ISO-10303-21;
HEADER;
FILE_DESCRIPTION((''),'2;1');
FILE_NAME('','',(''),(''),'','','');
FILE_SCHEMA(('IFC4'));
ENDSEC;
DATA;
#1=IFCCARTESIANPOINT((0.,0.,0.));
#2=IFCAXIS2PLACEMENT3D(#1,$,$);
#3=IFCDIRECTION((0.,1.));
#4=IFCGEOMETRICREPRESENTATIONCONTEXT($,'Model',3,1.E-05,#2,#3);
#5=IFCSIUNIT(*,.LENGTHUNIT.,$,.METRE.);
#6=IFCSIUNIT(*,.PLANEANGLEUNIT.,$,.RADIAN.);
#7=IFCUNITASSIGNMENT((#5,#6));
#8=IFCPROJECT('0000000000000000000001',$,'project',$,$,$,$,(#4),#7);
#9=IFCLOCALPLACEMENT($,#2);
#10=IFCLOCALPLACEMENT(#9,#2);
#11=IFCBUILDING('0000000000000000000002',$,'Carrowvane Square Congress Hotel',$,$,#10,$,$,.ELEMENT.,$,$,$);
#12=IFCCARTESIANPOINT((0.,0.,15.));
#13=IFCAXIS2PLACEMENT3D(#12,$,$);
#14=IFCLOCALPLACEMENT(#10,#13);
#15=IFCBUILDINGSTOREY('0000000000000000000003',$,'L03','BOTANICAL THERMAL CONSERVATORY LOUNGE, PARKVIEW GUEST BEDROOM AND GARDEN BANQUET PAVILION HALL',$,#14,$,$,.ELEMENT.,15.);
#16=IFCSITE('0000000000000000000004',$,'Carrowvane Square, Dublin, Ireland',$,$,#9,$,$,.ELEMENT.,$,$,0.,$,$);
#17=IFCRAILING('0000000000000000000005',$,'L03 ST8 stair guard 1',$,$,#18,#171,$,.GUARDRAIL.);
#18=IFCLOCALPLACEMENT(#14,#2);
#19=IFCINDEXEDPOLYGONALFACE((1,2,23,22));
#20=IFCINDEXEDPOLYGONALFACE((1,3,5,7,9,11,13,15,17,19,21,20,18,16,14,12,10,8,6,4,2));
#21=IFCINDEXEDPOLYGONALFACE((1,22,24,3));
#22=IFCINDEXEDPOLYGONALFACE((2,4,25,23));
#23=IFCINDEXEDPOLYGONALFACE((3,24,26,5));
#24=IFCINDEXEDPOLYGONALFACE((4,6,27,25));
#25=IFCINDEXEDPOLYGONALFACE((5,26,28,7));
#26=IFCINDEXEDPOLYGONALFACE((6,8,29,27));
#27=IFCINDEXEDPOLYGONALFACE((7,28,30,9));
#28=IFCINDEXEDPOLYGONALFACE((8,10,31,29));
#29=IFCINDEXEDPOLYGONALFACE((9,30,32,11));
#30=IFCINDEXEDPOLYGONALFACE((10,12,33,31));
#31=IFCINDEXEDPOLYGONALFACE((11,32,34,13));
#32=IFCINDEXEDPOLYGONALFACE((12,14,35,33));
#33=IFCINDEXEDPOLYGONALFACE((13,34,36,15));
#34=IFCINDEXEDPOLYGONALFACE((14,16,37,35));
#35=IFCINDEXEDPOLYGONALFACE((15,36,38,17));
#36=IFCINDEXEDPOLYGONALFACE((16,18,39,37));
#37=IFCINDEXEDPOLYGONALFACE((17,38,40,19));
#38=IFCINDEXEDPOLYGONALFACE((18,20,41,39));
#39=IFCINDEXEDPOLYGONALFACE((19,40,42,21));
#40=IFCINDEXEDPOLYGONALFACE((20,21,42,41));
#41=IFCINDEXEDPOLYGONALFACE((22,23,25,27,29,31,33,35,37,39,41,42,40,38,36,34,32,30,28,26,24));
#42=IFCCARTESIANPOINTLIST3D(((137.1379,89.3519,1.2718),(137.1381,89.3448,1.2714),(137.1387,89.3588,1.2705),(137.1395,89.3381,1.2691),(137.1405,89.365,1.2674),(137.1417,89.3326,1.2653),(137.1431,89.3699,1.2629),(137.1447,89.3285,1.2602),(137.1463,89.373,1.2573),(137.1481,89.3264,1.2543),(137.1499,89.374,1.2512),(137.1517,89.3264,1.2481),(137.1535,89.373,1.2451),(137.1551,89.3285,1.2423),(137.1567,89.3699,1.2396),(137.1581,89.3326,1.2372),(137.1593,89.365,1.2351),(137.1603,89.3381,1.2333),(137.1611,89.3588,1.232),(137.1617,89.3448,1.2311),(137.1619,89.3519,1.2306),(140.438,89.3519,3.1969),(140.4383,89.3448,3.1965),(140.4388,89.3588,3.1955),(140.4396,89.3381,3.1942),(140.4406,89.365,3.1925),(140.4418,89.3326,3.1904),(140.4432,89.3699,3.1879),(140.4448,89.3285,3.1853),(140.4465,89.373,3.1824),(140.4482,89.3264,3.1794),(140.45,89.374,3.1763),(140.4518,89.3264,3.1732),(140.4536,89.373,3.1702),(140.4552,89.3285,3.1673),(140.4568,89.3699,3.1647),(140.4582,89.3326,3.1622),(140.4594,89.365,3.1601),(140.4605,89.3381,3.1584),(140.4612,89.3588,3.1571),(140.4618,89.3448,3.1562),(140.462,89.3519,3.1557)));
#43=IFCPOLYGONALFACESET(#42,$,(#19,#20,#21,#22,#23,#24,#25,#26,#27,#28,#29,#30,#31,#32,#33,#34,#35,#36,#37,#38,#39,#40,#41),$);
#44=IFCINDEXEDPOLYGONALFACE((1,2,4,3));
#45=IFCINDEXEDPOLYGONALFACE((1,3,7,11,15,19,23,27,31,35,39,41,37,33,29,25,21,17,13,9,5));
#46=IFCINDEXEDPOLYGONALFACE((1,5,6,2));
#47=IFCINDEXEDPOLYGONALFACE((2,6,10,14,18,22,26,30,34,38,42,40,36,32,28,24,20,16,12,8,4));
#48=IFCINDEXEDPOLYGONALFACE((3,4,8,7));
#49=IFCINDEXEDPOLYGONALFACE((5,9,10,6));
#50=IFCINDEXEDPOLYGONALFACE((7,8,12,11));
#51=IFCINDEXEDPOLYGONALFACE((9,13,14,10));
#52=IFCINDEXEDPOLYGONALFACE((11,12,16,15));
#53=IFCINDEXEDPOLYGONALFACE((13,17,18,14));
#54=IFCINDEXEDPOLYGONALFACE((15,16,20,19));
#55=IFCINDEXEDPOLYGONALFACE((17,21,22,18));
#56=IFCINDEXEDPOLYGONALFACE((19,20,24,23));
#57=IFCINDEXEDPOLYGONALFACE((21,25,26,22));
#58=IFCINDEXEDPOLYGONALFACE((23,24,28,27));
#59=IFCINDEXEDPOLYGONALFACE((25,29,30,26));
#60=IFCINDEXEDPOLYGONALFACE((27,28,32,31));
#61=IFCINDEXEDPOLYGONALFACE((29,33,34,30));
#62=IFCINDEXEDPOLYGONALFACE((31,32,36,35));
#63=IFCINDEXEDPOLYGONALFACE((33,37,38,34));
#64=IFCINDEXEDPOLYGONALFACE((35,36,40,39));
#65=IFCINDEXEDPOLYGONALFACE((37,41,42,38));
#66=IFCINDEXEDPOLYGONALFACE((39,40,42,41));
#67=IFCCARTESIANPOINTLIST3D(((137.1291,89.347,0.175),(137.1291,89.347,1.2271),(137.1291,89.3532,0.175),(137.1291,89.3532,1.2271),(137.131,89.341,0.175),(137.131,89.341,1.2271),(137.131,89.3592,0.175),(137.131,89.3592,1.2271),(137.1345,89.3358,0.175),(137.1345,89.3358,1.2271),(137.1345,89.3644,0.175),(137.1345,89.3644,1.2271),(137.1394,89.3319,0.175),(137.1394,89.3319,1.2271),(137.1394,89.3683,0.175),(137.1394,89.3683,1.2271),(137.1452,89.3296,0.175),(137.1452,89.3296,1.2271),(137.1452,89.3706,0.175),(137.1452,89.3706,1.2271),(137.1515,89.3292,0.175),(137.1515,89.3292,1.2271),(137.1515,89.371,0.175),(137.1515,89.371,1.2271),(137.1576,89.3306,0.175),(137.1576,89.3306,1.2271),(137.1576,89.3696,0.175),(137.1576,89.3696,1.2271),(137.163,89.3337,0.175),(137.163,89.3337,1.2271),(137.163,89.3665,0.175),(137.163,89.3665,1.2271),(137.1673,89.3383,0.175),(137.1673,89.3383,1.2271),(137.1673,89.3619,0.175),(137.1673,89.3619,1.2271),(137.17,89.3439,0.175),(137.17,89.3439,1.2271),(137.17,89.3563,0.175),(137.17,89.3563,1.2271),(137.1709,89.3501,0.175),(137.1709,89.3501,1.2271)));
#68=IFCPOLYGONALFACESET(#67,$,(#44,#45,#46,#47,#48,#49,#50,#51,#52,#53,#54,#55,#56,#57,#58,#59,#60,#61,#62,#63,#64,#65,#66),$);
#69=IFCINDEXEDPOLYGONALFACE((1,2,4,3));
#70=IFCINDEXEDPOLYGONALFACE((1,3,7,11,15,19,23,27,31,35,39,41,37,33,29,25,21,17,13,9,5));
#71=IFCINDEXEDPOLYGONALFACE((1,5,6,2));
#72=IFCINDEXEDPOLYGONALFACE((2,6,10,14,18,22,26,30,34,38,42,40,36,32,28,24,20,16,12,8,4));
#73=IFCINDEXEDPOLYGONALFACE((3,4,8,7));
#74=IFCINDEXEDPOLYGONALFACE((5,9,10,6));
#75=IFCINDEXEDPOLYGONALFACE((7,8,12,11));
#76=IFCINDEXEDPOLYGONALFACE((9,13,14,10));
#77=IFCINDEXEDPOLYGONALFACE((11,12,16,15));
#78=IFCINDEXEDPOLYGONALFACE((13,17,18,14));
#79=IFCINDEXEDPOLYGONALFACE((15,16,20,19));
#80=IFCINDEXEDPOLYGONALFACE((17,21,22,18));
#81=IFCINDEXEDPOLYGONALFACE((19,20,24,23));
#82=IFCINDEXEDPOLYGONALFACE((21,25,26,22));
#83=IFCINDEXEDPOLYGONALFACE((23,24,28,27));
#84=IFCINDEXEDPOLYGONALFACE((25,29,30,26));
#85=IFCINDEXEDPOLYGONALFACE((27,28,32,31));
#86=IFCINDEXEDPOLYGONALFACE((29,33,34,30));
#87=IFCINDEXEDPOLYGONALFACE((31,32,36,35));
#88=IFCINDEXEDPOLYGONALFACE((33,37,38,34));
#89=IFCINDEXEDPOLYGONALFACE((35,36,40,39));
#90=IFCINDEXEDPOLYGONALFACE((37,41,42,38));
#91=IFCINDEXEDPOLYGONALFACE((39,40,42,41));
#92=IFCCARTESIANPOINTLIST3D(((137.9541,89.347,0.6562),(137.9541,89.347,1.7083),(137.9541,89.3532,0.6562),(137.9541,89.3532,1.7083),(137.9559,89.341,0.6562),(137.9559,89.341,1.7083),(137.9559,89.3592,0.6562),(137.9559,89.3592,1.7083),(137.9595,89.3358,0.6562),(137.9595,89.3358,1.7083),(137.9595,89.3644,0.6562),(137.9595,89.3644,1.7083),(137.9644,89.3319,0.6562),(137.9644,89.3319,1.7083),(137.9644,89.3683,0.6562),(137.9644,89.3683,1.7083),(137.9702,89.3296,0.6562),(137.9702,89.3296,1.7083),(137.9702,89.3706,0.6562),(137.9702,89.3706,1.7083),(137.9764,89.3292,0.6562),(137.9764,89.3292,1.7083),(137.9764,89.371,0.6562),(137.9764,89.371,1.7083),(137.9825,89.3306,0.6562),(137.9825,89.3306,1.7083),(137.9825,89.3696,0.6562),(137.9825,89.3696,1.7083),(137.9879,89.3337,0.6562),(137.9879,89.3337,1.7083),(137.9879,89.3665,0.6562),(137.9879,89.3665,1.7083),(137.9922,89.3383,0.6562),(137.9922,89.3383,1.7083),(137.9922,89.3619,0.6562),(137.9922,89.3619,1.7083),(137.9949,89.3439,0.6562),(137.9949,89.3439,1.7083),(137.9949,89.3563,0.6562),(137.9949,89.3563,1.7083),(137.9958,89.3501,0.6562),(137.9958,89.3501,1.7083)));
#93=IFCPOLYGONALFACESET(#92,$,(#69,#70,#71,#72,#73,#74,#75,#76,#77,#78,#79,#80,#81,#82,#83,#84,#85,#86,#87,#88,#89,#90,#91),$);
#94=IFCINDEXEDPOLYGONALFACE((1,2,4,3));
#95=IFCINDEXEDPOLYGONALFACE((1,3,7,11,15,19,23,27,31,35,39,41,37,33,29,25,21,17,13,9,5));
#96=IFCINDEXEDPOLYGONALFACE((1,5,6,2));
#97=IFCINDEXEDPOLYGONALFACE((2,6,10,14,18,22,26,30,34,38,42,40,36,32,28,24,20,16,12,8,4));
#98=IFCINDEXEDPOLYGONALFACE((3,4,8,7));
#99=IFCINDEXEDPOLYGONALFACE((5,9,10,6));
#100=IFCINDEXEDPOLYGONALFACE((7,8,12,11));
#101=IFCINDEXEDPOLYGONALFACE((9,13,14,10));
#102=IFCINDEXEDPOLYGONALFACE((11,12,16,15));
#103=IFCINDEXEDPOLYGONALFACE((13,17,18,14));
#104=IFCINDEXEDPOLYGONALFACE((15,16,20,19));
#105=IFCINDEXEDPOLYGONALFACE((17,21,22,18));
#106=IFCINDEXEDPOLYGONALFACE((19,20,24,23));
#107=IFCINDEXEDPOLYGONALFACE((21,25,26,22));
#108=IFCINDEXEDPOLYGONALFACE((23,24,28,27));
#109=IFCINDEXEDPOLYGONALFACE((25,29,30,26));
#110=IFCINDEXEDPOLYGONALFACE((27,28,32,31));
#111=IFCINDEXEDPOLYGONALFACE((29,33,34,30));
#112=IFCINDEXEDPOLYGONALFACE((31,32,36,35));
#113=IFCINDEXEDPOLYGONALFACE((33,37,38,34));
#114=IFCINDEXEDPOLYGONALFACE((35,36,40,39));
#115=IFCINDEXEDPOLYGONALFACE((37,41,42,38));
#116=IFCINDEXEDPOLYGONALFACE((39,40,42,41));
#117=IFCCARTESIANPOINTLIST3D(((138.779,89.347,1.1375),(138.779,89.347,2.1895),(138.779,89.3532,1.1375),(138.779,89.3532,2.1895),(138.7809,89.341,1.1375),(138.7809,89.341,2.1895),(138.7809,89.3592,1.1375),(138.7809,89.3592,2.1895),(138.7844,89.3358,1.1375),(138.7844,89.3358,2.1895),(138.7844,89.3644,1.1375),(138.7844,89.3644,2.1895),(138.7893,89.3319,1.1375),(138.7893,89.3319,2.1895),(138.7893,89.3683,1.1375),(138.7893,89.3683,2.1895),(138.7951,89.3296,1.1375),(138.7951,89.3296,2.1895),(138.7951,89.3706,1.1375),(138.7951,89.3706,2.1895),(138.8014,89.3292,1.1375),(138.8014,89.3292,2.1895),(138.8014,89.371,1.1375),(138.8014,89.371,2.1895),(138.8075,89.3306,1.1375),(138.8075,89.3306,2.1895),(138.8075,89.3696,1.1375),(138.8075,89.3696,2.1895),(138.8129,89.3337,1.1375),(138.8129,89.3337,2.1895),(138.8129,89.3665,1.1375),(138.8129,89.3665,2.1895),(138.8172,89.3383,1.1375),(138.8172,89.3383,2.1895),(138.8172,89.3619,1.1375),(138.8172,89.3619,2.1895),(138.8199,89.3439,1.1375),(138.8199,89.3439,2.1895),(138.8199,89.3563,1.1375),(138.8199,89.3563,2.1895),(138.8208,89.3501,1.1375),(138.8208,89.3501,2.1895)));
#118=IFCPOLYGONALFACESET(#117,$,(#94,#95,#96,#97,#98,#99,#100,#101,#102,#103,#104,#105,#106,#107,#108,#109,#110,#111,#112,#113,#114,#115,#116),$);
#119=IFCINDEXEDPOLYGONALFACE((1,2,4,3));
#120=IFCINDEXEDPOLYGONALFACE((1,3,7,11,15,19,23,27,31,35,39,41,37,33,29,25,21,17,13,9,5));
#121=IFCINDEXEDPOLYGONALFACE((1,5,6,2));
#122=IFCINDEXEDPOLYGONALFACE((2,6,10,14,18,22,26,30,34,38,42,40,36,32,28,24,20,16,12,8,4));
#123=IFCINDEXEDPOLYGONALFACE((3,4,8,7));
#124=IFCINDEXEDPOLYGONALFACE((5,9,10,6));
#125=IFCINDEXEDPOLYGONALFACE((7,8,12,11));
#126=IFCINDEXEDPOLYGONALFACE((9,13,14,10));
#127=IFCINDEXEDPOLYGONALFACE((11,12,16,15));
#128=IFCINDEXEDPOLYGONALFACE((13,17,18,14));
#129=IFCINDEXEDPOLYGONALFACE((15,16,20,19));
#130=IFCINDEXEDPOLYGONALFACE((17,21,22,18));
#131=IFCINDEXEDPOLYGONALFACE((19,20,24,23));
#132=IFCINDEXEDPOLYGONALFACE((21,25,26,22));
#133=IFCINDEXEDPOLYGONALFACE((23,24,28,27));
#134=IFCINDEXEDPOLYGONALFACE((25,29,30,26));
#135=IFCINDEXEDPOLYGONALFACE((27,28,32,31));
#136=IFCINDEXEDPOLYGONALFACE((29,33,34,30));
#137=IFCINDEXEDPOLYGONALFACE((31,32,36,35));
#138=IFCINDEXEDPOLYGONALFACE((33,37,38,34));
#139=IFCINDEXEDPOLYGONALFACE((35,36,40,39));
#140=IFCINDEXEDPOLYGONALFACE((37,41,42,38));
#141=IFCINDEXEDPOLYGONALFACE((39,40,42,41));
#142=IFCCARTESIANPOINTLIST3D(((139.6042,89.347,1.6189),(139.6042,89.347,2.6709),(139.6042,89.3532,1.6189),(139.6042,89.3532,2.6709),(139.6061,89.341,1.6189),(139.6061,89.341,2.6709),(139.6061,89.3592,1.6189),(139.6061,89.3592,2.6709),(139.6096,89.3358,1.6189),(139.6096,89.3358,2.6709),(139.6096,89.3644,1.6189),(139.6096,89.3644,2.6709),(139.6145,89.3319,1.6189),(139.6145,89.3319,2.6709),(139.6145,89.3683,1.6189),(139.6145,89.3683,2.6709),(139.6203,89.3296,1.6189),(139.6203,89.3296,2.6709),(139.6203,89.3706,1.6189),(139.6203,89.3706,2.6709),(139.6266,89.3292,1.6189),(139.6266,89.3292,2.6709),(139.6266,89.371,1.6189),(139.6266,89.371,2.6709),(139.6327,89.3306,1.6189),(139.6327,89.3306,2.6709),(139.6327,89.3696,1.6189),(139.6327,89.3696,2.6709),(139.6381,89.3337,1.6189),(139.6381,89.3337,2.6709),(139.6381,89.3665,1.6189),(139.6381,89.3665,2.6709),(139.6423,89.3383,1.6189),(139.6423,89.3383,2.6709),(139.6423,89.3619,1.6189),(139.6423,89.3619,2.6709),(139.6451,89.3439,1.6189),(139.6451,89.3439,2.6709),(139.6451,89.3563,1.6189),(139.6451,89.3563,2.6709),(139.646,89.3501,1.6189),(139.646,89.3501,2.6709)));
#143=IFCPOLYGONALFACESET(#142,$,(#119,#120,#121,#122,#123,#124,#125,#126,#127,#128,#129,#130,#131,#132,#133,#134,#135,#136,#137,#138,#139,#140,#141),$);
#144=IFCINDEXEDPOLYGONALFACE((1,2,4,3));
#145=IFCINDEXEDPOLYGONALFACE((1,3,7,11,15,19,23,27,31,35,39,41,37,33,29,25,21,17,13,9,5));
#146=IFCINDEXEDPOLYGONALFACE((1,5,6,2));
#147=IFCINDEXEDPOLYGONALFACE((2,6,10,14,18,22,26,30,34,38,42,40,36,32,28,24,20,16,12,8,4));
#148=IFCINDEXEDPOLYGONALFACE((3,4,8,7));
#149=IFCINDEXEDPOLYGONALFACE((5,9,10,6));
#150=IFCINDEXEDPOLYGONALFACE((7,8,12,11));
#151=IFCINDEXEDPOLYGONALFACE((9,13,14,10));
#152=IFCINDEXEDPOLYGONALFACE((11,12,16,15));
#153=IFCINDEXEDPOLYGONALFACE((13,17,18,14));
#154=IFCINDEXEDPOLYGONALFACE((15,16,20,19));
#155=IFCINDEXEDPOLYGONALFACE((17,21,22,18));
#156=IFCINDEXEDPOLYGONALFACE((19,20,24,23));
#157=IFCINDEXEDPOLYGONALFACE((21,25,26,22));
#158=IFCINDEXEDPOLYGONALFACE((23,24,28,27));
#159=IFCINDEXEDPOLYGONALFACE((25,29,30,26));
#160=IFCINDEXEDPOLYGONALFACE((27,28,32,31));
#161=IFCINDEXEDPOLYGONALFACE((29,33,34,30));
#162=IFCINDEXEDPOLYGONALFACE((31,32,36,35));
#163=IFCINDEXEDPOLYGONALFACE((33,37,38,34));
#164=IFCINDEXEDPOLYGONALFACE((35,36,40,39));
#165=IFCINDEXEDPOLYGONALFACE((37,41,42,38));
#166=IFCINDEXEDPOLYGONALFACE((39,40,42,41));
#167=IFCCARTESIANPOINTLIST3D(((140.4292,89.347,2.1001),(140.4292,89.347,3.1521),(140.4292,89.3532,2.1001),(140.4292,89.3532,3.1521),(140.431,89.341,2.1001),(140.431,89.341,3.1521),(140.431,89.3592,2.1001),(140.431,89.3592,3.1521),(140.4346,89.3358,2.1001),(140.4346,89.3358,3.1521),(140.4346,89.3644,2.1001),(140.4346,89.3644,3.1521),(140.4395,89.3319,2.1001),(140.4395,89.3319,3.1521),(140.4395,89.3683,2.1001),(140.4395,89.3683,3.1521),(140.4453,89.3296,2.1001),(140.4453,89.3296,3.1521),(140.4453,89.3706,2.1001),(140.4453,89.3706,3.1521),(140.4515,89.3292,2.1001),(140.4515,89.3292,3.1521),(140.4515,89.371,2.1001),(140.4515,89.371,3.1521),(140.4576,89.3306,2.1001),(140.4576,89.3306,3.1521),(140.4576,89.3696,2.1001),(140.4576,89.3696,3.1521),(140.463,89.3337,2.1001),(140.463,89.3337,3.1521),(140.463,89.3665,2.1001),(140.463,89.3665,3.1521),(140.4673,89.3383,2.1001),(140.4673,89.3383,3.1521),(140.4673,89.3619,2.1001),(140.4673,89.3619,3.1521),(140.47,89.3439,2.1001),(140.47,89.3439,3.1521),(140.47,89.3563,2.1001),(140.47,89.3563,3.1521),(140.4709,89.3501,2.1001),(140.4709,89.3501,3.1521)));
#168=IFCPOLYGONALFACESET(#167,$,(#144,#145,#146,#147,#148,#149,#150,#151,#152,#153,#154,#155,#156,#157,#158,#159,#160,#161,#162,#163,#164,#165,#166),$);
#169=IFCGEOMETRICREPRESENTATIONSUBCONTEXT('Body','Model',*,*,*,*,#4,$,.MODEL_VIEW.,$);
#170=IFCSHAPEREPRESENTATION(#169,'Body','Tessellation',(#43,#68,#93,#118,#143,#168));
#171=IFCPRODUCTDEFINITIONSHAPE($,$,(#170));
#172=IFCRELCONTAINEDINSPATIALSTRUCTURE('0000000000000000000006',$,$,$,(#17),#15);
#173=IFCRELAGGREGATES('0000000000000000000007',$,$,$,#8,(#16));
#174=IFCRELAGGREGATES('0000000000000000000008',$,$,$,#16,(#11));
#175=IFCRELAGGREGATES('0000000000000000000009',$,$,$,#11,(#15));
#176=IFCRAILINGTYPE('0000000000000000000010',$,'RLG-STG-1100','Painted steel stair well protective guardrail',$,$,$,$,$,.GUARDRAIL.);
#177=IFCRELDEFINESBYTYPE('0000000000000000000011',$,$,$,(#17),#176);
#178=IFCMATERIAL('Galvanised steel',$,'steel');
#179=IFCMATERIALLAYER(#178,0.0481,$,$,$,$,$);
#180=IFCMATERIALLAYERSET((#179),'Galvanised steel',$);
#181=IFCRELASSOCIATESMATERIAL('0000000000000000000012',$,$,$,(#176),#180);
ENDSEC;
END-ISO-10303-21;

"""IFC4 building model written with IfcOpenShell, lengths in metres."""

from ifc_helpers import new_model, si_unit, direction, frame, origin, origin_2d, place, context, subcontext, project, spatial, circle, extrude, material, layer, layer_set, type_object, element, save


model = new_model("IFC4")

# Units and contexts
model_context = context("Model", 3, precision=1e-05, world=origin(), true_north=direction((0.0, 1.0)))
body_context = subcontext(model_context, "Body", "Model", "MODEL_VIEW")
ifc_project = project(units=[si_unit("LENGTHUNIT", "METRE"), si_unit("PLANEANGLEUNIT", "RADIAN")], contexts=[model_context])

# Site, building, storey
site_placement = place(None, origin())
site = spatial("IfcSite", under=ifc_project, at=site_placement, Name="Carrowvane Square, Dublin, Ireland", CompositionType="ELEMENT", RefElevation=0.0)
building_placement = place(site_placement, origin())
building = spatial("IfcBuilding", under=site, at=building_placement, Name="Carrowvane Square Congress Hotel", CompositionType="ELEMENT")
storey_placement = place(building_placement, frame((0.0, 0.0, 15.0)))
storey = spatial("IfcBuildingStorey", under=building, at=storey_placement, Name="L03", Description="BOTANICAL THERMAL CONSERVATORY LOUNGE, PARKVIEW GUEST BEDROOM AND GARDEN BANQUET PAVILION HALL", CompositionType="ELEMENT", Elevation=15.0)

# Railing
ifc_material_1 = material(Name="Galvanised steel", Category="steel")
ifc_layer_1 = layer(ifc_material_1, 0.0481)
ifc_layer_set_1 = layer_set([ifc_layer_1], Name="Galvanised steel")
railing_type_1 = type_object("IfcRailingType", Name="RLG-STG-1100", Description="Painted steel stair well protective guardrail", PredefinedType="GUARDRAIL", material=ifc_layer_set_1)
railing_1_placement = place(storey_placement, frame((137.1499, 89.3501, 0.175)))
element("IfcRailing", 1, at=railing_1_placement, inside=storey, type_object=railing_type_1, Name="L03 ST8 stair guard 1", PredefinedType="GUARDRAIL", context=body_context, shape_type="SweptSolid", body=[
    extrude(circle(Radius=0.0239, at=origin_2d()), frame((0.0, 0.0, 1.0762), z_axis=(0.863777, 0.0, 0.503875), x_axis=(0.0, 1.0, 0.0)), (0.0, 0.0, 1.0), 3.8206),
    extrude(circle(Radius=0.021, at=origin_2d()), origin(), (0.0, 0.0, 1.0), 1.052),
    extrude(circle(Radius=0.021, at=origin_2d()), frame((0.825, 0.0, 0.4812)), (0.0, 0.0, 1.0), 1.052),
    extrude(circle(Radius=0.021, at=origin_2d()), frame((1.6499, 0.0, 0.9624)), (0.0, 0.0, 1.0), 1.052),
    extrude(circle(Radius=0.021, at=origin_2d()), frame((2.4751, 0.0, 1.4438)), (0.0, 0.0, 1.0), 1.052),
    extrude(circle(Radius=0.021, at=origin_2d()), frame((3.3, 0.0, 1.925)), (0.0, 0.0, 1.0), 1.052),
])

save(model, "model.ifc")
